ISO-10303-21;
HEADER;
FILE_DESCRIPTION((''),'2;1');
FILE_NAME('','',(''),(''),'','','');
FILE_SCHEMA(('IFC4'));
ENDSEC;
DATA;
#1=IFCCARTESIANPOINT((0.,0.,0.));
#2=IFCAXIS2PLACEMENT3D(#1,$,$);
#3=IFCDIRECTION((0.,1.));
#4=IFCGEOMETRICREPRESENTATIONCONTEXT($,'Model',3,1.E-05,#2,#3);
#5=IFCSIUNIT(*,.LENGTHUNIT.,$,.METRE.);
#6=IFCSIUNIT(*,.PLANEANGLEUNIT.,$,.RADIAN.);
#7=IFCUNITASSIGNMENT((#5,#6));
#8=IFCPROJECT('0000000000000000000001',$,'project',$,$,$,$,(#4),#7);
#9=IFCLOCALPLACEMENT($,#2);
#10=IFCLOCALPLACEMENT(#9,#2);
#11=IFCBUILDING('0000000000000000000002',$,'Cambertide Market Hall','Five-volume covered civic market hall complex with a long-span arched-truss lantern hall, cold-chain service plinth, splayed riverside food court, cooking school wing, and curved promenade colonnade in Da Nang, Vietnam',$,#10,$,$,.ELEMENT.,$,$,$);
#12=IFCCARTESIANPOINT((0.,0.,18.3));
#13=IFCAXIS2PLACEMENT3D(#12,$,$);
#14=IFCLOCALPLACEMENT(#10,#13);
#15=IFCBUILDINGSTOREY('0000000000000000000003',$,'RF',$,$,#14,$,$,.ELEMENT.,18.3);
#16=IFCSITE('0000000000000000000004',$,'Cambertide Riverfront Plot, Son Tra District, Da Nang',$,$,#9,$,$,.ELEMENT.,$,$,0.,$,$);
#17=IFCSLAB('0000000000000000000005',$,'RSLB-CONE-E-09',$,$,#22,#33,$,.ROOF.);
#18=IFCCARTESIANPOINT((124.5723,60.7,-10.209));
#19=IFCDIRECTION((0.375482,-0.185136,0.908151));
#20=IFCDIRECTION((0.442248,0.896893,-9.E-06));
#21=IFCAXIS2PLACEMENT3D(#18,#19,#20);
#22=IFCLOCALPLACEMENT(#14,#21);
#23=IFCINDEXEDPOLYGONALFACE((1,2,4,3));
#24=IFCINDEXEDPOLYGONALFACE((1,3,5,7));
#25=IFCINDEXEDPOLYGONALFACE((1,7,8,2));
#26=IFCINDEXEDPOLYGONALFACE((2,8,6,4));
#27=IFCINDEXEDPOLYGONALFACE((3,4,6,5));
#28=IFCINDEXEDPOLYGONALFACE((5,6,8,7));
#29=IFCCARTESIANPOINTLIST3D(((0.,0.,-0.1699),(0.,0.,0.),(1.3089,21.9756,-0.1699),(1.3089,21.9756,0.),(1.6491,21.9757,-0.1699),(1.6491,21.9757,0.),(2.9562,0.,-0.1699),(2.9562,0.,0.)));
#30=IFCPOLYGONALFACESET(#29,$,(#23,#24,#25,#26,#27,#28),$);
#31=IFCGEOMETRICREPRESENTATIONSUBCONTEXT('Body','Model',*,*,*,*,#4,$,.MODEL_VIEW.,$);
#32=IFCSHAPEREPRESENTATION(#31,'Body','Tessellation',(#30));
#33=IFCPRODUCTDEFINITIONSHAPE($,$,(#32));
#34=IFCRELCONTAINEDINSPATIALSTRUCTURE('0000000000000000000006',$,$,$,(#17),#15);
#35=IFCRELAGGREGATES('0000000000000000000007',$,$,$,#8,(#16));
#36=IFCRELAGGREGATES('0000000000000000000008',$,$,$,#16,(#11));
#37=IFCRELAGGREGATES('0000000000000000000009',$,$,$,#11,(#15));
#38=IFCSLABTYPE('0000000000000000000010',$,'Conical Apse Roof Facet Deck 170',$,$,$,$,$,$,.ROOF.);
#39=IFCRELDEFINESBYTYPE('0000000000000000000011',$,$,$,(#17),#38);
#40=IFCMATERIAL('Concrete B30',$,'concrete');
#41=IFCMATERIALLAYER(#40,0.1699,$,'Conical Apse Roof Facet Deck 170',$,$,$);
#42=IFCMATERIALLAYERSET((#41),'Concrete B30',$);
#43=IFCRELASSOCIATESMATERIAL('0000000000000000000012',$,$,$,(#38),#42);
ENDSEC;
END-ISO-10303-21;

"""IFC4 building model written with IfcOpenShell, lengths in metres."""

from ifc_helpers import new_model, si_unit, direction, frame, origin, place, context, subcontext, project, spatial, polyline, outline, extrude, material, layer, layer_set, type_object, element, save


model = new_model("IFC4")

# Units and contexts
model_context = context("Model", 3, precision=1e-05, world=origin(), true_north=direction((0.0, 1.0)))
body_context = subcontext(model_context, "Body", "Model", "MODEL_VIEW")
ifc_project = project(units=[si_unit("LENGTHUNIT", "METRE"), si_unit("PLANEANGLEUNIT", "RADIAN")], contexts=[model_context])

# Site, building, storey
site_placement = place(None, origin())
site = spatial("IfcSite", under=ifc_project, at=site_placement, Name="Cambertide Riverfront Plot, Son Tra District, Da Nang", CompositionType="ELEMENT", RefElevation=0.0)
building_placement = place(site_placement, origin())
building = spatial("IfcBuilding", under=site, at=building_placement, Name="Cambertide Market Hall", Description="Five-volume covered civic market hall complex with a long-span arched-truss lantern hall, cold-chain service plinth, splayed riverside food court, cooking school wing, and curved promenade colonnade in Da Nang, Vietnam", CompositionType="ELEMENT")
storey_placement = place(building_placement, frame((0.0, 0.0, 18.3)))
storey = spatial("IfcBuildingStorey", under=building, at=storey_placement, Name="RF", CompositionType="ELEMENT", Elevation=18.3)

# Slab
ifc_material_1 = material(Name="Concrete B30", Category="concrete")
ifc_layer_1 = layer(ifc_material_1, 0.1699, Name="Conical Apse Roof Facet Deck 170")
ifc_layer_set_1 = layer_set([ifc_layer_1], Name="Concrete B30")
slab_type_1 = type_object("IfcSlabType", Name="Conical Apse Roof Facet Deck 170", PredefinedType="ROOF", material=ifc_layer_set_1)
slab_1_placement = place(storey_placement, frame((124.5723, 60.7, -10.209), z_axis=(0.375482, -0.185136, 0.908151), x_axis=(0.442248, 0.896893, -0.000009)))
element("IfcSlab", 1, at=slab_1_placement, inside=storey, type_object=slab_type_1, Name="RSLB-CONE-E-09", PredefinedType="ROOF", context=body_context, shape_type="SweptSolid", body=[
    extrude(outline(polyline([(0.0, 0.0), (2.9562, 0.0), (1.6491, 21.9757), (1.3089, 21.9756), (0.0, 0.0)])), origin(), (0.0, 0.0, -1.0), 0.1699),
])

save(model, "model.ifc")
